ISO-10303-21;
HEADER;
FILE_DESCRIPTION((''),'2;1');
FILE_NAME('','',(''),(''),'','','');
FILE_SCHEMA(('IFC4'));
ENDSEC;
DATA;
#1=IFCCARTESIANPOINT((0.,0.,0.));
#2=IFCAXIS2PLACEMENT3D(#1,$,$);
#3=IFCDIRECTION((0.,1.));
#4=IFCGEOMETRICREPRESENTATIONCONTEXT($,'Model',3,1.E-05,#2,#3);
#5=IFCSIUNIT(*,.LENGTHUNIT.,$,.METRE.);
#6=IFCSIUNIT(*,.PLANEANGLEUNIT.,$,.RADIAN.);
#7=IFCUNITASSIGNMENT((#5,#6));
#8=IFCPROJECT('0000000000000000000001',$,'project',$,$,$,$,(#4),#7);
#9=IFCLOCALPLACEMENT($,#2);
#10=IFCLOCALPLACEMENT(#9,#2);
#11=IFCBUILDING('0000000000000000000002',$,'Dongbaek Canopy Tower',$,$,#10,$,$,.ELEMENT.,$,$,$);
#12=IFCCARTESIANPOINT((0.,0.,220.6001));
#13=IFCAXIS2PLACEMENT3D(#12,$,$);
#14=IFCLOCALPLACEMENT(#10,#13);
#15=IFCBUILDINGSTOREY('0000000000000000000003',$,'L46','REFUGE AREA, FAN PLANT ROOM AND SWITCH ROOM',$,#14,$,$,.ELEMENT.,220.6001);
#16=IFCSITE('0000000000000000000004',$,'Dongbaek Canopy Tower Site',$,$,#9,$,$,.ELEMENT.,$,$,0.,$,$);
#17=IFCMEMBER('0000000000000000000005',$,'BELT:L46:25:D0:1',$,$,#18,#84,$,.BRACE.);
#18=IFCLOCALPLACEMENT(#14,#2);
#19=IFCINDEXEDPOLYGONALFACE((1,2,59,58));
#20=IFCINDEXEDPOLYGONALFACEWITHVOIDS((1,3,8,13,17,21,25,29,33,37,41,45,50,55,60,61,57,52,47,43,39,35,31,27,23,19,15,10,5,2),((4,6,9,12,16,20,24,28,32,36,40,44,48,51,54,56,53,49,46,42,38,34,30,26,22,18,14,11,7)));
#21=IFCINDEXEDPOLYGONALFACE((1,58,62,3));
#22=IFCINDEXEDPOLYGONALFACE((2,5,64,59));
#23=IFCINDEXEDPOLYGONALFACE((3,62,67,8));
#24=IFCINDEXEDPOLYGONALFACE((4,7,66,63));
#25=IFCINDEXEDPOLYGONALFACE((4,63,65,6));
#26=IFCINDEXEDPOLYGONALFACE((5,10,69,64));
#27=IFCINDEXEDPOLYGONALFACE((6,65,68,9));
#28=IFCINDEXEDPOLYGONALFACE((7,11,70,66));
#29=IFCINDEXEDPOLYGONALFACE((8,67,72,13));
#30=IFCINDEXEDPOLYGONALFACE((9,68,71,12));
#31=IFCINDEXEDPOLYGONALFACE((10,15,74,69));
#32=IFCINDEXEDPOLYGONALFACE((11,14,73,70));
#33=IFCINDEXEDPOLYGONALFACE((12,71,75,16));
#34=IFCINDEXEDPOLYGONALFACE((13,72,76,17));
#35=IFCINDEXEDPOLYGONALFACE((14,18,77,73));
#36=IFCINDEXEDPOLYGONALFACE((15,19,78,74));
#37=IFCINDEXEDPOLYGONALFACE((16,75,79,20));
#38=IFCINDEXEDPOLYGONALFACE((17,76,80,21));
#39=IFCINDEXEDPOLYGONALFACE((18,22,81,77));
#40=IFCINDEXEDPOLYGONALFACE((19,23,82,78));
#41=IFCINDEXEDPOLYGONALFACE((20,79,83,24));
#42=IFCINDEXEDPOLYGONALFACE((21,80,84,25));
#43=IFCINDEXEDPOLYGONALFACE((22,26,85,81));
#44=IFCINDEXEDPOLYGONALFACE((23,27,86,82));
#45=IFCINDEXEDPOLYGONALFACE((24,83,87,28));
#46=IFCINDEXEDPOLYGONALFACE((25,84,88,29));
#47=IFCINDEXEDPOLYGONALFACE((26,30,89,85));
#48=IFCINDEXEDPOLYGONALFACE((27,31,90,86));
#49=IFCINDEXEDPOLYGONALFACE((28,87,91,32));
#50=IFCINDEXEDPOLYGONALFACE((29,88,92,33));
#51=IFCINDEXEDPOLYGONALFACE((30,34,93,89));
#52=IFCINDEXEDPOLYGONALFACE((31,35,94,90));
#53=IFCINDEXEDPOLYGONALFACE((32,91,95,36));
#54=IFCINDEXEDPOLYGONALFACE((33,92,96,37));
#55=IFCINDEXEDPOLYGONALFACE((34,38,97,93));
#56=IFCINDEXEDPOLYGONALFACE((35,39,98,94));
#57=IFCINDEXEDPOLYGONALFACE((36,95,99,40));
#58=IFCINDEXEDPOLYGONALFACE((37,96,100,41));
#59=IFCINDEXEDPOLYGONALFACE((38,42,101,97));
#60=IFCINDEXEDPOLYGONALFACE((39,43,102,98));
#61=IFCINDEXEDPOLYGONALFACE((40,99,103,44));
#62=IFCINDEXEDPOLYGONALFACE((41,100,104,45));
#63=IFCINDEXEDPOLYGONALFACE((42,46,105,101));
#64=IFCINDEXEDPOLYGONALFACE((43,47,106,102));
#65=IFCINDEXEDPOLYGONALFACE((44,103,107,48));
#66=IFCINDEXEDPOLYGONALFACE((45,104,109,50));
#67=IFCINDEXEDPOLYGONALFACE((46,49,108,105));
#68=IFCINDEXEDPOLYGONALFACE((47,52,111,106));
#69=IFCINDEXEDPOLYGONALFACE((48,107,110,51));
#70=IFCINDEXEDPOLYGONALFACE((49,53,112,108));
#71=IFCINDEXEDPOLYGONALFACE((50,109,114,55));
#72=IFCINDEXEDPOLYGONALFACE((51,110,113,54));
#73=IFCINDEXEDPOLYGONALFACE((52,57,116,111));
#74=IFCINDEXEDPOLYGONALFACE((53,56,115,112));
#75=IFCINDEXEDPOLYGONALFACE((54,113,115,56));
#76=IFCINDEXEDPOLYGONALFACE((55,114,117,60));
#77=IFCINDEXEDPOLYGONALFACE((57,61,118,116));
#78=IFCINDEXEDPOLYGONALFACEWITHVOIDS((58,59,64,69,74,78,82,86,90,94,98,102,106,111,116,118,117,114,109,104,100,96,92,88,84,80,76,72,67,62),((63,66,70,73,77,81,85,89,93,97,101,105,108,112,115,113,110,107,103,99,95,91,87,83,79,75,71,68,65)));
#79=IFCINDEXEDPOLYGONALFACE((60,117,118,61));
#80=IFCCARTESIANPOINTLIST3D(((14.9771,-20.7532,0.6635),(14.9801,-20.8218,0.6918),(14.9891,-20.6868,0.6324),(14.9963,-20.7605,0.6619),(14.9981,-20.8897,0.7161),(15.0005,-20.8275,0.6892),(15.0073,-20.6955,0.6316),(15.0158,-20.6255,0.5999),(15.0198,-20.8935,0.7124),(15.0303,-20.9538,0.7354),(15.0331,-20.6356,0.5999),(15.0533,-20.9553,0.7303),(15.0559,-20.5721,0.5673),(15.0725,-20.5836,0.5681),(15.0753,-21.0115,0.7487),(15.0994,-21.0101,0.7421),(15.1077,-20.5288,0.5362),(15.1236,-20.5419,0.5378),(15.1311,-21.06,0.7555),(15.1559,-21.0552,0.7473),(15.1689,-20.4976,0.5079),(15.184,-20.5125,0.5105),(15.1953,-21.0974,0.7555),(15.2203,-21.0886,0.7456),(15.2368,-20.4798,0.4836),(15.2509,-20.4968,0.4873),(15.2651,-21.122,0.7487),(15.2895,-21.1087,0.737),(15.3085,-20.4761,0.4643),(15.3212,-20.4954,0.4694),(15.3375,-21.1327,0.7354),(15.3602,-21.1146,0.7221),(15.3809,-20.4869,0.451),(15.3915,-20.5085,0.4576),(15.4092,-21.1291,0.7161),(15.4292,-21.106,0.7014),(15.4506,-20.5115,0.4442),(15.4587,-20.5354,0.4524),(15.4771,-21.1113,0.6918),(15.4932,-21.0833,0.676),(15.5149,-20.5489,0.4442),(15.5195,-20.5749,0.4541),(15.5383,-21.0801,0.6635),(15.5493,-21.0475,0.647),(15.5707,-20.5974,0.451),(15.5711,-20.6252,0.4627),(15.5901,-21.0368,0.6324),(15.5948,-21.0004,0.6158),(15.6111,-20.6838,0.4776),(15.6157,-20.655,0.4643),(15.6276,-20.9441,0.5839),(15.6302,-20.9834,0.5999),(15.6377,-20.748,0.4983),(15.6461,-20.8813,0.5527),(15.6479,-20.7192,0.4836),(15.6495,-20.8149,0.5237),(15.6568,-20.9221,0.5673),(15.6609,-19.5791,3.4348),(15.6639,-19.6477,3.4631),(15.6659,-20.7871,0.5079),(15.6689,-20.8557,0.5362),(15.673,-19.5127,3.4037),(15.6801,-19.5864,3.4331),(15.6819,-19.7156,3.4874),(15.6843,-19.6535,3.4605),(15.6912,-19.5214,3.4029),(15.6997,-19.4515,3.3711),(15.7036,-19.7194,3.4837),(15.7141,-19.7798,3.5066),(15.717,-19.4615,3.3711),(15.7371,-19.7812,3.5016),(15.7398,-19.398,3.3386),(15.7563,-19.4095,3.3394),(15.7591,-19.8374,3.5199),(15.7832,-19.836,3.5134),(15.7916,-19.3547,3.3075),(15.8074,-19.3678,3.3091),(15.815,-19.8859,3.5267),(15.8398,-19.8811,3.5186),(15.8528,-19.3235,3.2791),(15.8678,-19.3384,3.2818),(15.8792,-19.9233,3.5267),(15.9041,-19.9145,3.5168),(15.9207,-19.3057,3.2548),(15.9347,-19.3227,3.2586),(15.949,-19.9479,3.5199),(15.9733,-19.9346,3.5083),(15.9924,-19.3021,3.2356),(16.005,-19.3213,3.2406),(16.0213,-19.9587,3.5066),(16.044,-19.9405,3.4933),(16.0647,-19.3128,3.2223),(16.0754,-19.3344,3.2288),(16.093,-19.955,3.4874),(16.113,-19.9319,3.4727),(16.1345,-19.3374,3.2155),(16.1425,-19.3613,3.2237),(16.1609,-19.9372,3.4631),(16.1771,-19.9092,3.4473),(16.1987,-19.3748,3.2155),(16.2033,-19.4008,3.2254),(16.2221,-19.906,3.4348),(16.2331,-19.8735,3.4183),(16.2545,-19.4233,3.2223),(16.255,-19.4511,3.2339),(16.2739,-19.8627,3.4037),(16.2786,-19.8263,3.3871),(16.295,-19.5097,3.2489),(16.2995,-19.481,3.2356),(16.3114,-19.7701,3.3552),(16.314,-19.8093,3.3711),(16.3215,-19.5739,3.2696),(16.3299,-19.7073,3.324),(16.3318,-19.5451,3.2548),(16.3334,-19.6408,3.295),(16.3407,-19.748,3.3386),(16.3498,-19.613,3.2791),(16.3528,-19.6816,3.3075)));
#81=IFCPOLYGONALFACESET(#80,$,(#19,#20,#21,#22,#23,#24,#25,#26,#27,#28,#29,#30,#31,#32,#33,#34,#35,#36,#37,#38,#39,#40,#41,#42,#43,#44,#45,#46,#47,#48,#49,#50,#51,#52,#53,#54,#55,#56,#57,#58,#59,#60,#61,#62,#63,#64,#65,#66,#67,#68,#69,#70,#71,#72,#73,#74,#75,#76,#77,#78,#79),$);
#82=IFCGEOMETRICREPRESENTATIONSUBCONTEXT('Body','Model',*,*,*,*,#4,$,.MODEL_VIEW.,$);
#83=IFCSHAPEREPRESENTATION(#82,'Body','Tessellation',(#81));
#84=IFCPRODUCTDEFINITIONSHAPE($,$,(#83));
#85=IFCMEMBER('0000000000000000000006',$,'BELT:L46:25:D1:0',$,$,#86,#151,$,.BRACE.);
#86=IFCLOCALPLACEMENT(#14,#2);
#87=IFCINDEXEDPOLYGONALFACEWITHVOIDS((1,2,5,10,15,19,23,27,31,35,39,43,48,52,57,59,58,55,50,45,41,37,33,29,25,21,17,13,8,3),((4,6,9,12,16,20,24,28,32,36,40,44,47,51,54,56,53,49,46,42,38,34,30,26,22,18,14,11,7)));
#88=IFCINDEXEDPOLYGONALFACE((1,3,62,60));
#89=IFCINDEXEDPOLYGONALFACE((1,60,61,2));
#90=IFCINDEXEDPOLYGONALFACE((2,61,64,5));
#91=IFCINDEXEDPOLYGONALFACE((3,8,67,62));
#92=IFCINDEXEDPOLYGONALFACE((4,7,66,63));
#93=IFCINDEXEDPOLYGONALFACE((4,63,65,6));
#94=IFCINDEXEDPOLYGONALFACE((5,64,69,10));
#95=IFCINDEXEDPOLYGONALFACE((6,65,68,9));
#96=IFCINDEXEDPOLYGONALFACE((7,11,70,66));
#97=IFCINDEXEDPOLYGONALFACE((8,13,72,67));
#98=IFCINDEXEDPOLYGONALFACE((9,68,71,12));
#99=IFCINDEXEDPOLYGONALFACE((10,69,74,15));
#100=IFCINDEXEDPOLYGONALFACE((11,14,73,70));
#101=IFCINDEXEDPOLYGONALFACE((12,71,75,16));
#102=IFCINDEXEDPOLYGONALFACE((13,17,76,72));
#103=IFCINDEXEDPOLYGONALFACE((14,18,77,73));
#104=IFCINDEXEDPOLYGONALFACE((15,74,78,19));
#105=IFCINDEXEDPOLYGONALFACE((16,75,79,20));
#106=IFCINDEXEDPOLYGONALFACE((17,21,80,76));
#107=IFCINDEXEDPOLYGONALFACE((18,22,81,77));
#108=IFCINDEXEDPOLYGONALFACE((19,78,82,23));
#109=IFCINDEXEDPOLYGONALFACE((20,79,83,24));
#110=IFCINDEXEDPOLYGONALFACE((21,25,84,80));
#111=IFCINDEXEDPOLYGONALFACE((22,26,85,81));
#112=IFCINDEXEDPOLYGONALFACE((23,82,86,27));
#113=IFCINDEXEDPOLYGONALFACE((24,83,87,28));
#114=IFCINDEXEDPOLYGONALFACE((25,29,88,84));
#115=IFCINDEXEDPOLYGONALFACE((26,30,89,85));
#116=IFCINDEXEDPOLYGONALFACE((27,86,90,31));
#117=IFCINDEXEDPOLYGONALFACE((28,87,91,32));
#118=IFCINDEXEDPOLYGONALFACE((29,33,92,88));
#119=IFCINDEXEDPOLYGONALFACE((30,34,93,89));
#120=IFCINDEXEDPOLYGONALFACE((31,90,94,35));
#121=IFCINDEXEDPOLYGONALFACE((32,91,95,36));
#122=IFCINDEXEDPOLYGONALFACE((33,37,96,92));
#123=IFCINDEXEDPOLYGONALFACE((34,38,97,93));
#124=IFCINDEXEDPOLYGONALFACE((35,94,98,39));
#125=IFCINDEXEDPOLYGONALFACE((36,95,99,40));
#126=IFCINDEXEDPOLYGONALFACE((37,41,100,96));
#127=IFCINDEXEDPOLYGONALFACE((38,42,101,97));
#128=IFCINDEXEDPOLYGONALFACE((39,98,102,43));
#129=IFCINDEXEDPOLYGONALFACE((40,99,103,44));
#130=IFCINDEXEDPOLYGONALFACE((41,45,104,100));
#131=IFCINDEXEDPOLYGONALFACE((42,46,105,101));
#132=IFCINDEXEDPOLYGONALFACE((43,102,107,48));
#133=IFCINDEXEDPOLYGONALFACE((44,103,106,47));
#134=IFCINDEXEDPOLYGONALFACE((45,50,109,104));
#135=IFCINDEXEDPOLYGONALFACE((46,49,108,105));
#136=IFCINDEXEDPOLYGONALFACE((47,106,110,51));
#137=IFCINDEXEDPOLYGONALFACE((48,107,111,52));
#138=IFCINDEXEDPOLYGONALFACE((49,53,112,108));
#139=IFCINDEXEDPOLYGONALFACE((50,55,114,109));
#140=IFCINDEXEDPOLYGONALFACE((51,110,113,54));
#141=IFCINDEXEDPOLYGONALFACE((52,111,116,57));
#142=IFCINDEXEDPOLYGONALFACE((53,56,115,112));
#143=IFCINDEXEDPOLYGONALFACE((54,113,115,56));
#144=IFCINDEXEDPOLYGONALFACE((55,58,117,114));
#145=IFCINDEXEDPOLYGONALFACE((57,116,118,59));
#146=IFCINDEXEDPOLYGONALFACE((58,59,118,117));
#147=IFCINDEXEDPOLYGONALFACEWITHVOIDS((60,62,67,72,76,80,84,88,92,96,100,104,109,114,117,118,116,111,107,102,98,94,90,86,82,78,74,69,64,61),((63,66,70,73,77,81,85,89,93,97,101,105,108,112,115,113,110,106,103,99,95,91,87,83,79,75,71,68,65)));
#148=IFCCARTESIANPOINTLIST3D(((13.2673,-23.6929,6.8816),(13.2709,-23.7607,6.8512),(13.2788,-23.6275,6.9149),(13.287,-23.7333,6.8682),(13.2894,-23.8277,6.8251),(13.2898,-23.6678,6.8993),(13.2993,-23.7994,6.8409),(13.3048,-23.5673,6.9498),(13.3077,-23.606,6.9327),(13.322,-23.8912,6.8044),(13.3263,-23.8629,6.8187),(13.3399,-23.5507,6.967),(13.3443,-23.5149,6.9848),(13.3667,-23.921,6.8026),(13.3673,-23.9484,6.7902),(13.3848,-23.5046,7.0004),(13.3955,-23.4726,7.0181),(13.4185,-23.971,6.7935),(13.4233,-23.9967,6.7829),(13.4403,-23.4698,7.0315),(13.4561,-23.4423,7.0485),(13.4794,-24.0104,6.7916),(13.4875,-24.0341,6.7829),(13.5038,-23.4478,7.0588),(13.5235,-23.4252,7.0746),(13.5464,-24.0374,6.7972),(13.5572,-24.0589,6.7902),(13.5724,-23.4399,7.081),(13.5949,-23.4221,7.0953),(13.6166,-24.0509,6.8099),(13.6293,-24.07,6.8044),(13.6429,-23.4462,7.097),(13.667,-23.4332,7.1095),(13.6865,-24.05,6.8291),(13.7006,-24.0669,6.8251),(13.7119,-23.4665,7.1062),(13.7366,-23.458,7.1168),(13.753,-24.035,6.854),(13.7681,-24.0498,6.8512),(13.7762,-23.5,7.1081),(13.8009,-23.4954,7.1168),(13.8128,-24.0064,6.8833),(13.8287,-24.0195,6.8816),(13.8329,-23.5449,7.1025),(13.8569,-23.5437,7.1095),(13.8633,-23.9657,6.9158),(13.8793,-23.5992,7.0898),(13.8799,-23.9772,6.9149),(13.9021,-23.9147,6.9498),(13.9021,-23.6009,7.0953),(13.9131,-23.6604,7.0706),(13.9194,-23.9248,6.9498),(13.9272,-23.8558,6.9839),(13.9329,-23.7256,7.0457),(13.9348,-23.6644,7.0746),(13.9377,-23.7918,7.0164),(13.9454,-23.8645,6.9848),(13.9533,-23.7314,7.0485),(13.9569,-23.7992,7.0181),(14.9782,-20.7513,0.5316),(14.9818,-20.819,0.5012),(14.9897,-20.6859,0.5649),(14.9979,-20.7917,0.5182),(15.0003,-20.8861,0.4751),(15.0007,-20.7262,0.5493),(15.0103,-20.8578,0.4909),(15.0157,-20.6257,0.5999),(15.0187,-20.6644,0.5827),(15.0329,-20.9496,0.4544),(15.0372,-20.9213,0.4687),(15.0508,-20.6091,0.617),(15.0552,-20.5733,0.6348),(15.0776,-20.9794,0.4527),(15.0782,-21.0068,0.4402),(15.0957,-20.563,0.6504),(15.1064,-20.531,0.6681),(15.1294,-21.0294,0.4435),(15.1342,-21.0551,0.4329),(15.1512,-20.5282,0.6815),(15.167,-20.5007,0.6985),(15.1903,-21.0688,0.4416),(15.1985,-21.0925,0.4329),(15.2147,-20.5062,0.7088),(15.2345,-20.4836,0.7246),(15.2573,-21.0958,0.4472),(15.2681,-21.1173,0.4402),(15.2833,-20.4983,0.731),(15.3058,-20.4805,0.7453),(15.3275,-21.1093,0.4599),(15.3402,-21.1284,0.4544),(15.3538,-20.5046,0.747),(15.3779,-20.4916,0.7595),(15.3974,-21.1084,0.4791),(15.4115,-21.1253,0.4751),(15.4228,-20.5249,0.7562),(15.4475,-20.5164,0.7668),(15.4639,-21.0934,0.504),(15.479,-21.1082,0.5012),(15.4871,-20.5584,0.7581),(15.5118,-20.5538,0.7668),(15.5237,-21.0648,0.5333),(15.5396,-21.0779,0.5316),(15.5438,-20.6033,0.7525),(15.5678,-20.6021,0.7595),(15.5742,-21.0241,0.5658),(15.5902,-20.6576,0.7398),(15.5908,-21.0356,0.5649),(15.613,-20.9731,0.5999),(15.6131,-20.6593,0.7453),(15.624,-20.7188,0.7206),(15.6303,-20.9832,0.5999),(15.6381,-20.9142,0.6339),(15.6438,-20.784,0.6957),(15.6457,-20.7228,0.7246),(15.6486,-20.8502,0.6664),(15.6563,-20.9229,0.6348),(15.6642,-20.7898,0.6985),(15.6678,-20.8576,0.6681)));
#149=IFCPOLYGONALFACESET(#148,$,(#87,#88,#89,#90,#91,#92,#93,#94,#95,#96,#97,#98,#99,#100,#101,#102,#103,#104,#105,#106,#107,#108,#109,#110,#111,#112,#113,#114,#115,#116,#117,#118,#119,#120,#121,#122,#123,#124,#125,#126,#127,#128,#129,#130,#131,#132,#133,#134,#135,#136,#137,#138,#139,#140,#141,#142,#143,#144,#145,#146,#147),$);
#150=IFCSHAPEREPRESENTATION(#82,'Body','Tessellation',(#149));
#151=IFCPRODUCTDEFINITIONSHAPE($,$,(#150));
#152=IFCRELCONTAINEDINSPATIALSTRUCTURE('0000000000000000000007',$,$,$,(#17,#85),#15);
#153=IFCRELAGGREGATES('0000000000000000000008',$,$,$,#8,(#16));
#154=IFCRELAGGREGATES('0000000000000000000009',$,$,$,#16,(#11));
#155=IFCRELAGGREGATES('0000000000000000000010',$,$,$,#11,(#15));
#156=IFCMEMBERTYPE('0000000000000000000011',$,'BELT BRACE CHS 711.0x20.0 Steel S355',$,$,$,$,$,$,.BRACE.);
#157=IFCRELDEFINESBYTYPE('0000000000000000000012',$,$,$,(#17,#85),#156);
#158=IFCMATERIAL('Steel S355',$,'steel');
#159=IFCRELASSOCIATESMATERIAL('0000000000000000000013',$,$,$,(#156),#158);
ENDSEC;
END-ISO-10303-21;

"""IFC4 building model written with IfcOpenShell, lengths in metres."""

from ifc_helpers import new_model, si_unit, direction, frame, origin, origin_2d, place, context, subcontext, project, spatial, hollow_circle, extrude, material, material_profile, profile_set, type_object, element, save


model = new_model("IFC4")

# Units and contexts
model_context = context("Model", 3, precision=1e-05, world=origin(), true_north=direction((0.0, 1.0)))
body_context = subcontext(model_context, "Body", "Model", "MODEL_VIEW")
ifc_project = project(units=[si_unit("LENGTHUNIT", "METRE"), si_unit("PLANEANGLEUNIT", "RADIAN")], contexts=[model_context])

# Site, building, storey
site_placement = place(None, origin())
site = spatial("IfcSite", under=ifc_project, at=site_placement, Name="Dongbaek Canopy Tower Site", CompositionType="ELEMENT", RefElevation=0.0)
building_placement = place(site_placement, origin())
building = spatial("IfcBuilding", under=site, at=building_placement, Name="Dongbaek Canopy Tower", CompositionType="ELEMENT")
storey_placement = place(building_placement, frame((0.0, 0.0, 220.6001)))
storey = spatial("IfcBuildingStorey", under=building, at=storey_placement, Name="L46", Description="REFUGE AREA, FAN PLANT ROOM AND SWITCH ROOM", CompositionType="ELEMENT", Elevation=220.6001)

# Members
ifc_material_1 = material(Name="Steel S355", Category="steel")
ifc_material_profile_1 = material_profile(ifc_material_1, hollow_circle(Radius=0.3555, WallThickness=0.02, at=origin_2d()), Name="BELT BRACE CHS 711.0x20.0 Steel S355")
ifc_profile_set_1 = profile_set([ifc_material_profile_1], Name="Steel S355")
member_type_1 = type_object("IfcMemberType", Name="BELT BRACE CHS 711.0x20.0 Steel S355", PredefinedType="BRACE", material=ifc_profile_set_1)
member_1_placement = place(storey_placement, frame((15.323, -20.8044, 0.5999), z_axis=(0.221565, 0.380402, 0.897888), x_axis=(-0.864111, 0.503301, 0.0)))
element("IfcMember", 1, at=member_1_placement, inside=storey, type_object=member_type_1, Name="BELT:L46:25:D0:1", PredefinedType="BRACE", context=body_context, shape_type="SweptSolid", body=[
    extrude(hollow_circle(Radius=0.3555, WallThickness=0.02, at=origin_2d()), origin(), (0.0, 0.0, 1.0), 3.0864),
])
member_2_placement = place(storey_placement, frame((15.323, -20.8044, 0.5999), z_axis=(-0.237483, -0.408309, 0.881411), x_axis=(0.864421, -0.502769, 0.0)))
element("IfcMember", 2, at=member_2_placement, inside=storey, type_object=member_type_1, Name="BELT:L46:25:D1:0", PredefinedType="BRACE", context=body_context, shape_type="SweptSolid", body=[
    extrude(hollow_circle(Radius=0.3555, WallThickness=0.02, at=origin_2d()), origin(), (0.0, 0.0, 1.0), 7.2043),
])

save(model, "model.ifc")
